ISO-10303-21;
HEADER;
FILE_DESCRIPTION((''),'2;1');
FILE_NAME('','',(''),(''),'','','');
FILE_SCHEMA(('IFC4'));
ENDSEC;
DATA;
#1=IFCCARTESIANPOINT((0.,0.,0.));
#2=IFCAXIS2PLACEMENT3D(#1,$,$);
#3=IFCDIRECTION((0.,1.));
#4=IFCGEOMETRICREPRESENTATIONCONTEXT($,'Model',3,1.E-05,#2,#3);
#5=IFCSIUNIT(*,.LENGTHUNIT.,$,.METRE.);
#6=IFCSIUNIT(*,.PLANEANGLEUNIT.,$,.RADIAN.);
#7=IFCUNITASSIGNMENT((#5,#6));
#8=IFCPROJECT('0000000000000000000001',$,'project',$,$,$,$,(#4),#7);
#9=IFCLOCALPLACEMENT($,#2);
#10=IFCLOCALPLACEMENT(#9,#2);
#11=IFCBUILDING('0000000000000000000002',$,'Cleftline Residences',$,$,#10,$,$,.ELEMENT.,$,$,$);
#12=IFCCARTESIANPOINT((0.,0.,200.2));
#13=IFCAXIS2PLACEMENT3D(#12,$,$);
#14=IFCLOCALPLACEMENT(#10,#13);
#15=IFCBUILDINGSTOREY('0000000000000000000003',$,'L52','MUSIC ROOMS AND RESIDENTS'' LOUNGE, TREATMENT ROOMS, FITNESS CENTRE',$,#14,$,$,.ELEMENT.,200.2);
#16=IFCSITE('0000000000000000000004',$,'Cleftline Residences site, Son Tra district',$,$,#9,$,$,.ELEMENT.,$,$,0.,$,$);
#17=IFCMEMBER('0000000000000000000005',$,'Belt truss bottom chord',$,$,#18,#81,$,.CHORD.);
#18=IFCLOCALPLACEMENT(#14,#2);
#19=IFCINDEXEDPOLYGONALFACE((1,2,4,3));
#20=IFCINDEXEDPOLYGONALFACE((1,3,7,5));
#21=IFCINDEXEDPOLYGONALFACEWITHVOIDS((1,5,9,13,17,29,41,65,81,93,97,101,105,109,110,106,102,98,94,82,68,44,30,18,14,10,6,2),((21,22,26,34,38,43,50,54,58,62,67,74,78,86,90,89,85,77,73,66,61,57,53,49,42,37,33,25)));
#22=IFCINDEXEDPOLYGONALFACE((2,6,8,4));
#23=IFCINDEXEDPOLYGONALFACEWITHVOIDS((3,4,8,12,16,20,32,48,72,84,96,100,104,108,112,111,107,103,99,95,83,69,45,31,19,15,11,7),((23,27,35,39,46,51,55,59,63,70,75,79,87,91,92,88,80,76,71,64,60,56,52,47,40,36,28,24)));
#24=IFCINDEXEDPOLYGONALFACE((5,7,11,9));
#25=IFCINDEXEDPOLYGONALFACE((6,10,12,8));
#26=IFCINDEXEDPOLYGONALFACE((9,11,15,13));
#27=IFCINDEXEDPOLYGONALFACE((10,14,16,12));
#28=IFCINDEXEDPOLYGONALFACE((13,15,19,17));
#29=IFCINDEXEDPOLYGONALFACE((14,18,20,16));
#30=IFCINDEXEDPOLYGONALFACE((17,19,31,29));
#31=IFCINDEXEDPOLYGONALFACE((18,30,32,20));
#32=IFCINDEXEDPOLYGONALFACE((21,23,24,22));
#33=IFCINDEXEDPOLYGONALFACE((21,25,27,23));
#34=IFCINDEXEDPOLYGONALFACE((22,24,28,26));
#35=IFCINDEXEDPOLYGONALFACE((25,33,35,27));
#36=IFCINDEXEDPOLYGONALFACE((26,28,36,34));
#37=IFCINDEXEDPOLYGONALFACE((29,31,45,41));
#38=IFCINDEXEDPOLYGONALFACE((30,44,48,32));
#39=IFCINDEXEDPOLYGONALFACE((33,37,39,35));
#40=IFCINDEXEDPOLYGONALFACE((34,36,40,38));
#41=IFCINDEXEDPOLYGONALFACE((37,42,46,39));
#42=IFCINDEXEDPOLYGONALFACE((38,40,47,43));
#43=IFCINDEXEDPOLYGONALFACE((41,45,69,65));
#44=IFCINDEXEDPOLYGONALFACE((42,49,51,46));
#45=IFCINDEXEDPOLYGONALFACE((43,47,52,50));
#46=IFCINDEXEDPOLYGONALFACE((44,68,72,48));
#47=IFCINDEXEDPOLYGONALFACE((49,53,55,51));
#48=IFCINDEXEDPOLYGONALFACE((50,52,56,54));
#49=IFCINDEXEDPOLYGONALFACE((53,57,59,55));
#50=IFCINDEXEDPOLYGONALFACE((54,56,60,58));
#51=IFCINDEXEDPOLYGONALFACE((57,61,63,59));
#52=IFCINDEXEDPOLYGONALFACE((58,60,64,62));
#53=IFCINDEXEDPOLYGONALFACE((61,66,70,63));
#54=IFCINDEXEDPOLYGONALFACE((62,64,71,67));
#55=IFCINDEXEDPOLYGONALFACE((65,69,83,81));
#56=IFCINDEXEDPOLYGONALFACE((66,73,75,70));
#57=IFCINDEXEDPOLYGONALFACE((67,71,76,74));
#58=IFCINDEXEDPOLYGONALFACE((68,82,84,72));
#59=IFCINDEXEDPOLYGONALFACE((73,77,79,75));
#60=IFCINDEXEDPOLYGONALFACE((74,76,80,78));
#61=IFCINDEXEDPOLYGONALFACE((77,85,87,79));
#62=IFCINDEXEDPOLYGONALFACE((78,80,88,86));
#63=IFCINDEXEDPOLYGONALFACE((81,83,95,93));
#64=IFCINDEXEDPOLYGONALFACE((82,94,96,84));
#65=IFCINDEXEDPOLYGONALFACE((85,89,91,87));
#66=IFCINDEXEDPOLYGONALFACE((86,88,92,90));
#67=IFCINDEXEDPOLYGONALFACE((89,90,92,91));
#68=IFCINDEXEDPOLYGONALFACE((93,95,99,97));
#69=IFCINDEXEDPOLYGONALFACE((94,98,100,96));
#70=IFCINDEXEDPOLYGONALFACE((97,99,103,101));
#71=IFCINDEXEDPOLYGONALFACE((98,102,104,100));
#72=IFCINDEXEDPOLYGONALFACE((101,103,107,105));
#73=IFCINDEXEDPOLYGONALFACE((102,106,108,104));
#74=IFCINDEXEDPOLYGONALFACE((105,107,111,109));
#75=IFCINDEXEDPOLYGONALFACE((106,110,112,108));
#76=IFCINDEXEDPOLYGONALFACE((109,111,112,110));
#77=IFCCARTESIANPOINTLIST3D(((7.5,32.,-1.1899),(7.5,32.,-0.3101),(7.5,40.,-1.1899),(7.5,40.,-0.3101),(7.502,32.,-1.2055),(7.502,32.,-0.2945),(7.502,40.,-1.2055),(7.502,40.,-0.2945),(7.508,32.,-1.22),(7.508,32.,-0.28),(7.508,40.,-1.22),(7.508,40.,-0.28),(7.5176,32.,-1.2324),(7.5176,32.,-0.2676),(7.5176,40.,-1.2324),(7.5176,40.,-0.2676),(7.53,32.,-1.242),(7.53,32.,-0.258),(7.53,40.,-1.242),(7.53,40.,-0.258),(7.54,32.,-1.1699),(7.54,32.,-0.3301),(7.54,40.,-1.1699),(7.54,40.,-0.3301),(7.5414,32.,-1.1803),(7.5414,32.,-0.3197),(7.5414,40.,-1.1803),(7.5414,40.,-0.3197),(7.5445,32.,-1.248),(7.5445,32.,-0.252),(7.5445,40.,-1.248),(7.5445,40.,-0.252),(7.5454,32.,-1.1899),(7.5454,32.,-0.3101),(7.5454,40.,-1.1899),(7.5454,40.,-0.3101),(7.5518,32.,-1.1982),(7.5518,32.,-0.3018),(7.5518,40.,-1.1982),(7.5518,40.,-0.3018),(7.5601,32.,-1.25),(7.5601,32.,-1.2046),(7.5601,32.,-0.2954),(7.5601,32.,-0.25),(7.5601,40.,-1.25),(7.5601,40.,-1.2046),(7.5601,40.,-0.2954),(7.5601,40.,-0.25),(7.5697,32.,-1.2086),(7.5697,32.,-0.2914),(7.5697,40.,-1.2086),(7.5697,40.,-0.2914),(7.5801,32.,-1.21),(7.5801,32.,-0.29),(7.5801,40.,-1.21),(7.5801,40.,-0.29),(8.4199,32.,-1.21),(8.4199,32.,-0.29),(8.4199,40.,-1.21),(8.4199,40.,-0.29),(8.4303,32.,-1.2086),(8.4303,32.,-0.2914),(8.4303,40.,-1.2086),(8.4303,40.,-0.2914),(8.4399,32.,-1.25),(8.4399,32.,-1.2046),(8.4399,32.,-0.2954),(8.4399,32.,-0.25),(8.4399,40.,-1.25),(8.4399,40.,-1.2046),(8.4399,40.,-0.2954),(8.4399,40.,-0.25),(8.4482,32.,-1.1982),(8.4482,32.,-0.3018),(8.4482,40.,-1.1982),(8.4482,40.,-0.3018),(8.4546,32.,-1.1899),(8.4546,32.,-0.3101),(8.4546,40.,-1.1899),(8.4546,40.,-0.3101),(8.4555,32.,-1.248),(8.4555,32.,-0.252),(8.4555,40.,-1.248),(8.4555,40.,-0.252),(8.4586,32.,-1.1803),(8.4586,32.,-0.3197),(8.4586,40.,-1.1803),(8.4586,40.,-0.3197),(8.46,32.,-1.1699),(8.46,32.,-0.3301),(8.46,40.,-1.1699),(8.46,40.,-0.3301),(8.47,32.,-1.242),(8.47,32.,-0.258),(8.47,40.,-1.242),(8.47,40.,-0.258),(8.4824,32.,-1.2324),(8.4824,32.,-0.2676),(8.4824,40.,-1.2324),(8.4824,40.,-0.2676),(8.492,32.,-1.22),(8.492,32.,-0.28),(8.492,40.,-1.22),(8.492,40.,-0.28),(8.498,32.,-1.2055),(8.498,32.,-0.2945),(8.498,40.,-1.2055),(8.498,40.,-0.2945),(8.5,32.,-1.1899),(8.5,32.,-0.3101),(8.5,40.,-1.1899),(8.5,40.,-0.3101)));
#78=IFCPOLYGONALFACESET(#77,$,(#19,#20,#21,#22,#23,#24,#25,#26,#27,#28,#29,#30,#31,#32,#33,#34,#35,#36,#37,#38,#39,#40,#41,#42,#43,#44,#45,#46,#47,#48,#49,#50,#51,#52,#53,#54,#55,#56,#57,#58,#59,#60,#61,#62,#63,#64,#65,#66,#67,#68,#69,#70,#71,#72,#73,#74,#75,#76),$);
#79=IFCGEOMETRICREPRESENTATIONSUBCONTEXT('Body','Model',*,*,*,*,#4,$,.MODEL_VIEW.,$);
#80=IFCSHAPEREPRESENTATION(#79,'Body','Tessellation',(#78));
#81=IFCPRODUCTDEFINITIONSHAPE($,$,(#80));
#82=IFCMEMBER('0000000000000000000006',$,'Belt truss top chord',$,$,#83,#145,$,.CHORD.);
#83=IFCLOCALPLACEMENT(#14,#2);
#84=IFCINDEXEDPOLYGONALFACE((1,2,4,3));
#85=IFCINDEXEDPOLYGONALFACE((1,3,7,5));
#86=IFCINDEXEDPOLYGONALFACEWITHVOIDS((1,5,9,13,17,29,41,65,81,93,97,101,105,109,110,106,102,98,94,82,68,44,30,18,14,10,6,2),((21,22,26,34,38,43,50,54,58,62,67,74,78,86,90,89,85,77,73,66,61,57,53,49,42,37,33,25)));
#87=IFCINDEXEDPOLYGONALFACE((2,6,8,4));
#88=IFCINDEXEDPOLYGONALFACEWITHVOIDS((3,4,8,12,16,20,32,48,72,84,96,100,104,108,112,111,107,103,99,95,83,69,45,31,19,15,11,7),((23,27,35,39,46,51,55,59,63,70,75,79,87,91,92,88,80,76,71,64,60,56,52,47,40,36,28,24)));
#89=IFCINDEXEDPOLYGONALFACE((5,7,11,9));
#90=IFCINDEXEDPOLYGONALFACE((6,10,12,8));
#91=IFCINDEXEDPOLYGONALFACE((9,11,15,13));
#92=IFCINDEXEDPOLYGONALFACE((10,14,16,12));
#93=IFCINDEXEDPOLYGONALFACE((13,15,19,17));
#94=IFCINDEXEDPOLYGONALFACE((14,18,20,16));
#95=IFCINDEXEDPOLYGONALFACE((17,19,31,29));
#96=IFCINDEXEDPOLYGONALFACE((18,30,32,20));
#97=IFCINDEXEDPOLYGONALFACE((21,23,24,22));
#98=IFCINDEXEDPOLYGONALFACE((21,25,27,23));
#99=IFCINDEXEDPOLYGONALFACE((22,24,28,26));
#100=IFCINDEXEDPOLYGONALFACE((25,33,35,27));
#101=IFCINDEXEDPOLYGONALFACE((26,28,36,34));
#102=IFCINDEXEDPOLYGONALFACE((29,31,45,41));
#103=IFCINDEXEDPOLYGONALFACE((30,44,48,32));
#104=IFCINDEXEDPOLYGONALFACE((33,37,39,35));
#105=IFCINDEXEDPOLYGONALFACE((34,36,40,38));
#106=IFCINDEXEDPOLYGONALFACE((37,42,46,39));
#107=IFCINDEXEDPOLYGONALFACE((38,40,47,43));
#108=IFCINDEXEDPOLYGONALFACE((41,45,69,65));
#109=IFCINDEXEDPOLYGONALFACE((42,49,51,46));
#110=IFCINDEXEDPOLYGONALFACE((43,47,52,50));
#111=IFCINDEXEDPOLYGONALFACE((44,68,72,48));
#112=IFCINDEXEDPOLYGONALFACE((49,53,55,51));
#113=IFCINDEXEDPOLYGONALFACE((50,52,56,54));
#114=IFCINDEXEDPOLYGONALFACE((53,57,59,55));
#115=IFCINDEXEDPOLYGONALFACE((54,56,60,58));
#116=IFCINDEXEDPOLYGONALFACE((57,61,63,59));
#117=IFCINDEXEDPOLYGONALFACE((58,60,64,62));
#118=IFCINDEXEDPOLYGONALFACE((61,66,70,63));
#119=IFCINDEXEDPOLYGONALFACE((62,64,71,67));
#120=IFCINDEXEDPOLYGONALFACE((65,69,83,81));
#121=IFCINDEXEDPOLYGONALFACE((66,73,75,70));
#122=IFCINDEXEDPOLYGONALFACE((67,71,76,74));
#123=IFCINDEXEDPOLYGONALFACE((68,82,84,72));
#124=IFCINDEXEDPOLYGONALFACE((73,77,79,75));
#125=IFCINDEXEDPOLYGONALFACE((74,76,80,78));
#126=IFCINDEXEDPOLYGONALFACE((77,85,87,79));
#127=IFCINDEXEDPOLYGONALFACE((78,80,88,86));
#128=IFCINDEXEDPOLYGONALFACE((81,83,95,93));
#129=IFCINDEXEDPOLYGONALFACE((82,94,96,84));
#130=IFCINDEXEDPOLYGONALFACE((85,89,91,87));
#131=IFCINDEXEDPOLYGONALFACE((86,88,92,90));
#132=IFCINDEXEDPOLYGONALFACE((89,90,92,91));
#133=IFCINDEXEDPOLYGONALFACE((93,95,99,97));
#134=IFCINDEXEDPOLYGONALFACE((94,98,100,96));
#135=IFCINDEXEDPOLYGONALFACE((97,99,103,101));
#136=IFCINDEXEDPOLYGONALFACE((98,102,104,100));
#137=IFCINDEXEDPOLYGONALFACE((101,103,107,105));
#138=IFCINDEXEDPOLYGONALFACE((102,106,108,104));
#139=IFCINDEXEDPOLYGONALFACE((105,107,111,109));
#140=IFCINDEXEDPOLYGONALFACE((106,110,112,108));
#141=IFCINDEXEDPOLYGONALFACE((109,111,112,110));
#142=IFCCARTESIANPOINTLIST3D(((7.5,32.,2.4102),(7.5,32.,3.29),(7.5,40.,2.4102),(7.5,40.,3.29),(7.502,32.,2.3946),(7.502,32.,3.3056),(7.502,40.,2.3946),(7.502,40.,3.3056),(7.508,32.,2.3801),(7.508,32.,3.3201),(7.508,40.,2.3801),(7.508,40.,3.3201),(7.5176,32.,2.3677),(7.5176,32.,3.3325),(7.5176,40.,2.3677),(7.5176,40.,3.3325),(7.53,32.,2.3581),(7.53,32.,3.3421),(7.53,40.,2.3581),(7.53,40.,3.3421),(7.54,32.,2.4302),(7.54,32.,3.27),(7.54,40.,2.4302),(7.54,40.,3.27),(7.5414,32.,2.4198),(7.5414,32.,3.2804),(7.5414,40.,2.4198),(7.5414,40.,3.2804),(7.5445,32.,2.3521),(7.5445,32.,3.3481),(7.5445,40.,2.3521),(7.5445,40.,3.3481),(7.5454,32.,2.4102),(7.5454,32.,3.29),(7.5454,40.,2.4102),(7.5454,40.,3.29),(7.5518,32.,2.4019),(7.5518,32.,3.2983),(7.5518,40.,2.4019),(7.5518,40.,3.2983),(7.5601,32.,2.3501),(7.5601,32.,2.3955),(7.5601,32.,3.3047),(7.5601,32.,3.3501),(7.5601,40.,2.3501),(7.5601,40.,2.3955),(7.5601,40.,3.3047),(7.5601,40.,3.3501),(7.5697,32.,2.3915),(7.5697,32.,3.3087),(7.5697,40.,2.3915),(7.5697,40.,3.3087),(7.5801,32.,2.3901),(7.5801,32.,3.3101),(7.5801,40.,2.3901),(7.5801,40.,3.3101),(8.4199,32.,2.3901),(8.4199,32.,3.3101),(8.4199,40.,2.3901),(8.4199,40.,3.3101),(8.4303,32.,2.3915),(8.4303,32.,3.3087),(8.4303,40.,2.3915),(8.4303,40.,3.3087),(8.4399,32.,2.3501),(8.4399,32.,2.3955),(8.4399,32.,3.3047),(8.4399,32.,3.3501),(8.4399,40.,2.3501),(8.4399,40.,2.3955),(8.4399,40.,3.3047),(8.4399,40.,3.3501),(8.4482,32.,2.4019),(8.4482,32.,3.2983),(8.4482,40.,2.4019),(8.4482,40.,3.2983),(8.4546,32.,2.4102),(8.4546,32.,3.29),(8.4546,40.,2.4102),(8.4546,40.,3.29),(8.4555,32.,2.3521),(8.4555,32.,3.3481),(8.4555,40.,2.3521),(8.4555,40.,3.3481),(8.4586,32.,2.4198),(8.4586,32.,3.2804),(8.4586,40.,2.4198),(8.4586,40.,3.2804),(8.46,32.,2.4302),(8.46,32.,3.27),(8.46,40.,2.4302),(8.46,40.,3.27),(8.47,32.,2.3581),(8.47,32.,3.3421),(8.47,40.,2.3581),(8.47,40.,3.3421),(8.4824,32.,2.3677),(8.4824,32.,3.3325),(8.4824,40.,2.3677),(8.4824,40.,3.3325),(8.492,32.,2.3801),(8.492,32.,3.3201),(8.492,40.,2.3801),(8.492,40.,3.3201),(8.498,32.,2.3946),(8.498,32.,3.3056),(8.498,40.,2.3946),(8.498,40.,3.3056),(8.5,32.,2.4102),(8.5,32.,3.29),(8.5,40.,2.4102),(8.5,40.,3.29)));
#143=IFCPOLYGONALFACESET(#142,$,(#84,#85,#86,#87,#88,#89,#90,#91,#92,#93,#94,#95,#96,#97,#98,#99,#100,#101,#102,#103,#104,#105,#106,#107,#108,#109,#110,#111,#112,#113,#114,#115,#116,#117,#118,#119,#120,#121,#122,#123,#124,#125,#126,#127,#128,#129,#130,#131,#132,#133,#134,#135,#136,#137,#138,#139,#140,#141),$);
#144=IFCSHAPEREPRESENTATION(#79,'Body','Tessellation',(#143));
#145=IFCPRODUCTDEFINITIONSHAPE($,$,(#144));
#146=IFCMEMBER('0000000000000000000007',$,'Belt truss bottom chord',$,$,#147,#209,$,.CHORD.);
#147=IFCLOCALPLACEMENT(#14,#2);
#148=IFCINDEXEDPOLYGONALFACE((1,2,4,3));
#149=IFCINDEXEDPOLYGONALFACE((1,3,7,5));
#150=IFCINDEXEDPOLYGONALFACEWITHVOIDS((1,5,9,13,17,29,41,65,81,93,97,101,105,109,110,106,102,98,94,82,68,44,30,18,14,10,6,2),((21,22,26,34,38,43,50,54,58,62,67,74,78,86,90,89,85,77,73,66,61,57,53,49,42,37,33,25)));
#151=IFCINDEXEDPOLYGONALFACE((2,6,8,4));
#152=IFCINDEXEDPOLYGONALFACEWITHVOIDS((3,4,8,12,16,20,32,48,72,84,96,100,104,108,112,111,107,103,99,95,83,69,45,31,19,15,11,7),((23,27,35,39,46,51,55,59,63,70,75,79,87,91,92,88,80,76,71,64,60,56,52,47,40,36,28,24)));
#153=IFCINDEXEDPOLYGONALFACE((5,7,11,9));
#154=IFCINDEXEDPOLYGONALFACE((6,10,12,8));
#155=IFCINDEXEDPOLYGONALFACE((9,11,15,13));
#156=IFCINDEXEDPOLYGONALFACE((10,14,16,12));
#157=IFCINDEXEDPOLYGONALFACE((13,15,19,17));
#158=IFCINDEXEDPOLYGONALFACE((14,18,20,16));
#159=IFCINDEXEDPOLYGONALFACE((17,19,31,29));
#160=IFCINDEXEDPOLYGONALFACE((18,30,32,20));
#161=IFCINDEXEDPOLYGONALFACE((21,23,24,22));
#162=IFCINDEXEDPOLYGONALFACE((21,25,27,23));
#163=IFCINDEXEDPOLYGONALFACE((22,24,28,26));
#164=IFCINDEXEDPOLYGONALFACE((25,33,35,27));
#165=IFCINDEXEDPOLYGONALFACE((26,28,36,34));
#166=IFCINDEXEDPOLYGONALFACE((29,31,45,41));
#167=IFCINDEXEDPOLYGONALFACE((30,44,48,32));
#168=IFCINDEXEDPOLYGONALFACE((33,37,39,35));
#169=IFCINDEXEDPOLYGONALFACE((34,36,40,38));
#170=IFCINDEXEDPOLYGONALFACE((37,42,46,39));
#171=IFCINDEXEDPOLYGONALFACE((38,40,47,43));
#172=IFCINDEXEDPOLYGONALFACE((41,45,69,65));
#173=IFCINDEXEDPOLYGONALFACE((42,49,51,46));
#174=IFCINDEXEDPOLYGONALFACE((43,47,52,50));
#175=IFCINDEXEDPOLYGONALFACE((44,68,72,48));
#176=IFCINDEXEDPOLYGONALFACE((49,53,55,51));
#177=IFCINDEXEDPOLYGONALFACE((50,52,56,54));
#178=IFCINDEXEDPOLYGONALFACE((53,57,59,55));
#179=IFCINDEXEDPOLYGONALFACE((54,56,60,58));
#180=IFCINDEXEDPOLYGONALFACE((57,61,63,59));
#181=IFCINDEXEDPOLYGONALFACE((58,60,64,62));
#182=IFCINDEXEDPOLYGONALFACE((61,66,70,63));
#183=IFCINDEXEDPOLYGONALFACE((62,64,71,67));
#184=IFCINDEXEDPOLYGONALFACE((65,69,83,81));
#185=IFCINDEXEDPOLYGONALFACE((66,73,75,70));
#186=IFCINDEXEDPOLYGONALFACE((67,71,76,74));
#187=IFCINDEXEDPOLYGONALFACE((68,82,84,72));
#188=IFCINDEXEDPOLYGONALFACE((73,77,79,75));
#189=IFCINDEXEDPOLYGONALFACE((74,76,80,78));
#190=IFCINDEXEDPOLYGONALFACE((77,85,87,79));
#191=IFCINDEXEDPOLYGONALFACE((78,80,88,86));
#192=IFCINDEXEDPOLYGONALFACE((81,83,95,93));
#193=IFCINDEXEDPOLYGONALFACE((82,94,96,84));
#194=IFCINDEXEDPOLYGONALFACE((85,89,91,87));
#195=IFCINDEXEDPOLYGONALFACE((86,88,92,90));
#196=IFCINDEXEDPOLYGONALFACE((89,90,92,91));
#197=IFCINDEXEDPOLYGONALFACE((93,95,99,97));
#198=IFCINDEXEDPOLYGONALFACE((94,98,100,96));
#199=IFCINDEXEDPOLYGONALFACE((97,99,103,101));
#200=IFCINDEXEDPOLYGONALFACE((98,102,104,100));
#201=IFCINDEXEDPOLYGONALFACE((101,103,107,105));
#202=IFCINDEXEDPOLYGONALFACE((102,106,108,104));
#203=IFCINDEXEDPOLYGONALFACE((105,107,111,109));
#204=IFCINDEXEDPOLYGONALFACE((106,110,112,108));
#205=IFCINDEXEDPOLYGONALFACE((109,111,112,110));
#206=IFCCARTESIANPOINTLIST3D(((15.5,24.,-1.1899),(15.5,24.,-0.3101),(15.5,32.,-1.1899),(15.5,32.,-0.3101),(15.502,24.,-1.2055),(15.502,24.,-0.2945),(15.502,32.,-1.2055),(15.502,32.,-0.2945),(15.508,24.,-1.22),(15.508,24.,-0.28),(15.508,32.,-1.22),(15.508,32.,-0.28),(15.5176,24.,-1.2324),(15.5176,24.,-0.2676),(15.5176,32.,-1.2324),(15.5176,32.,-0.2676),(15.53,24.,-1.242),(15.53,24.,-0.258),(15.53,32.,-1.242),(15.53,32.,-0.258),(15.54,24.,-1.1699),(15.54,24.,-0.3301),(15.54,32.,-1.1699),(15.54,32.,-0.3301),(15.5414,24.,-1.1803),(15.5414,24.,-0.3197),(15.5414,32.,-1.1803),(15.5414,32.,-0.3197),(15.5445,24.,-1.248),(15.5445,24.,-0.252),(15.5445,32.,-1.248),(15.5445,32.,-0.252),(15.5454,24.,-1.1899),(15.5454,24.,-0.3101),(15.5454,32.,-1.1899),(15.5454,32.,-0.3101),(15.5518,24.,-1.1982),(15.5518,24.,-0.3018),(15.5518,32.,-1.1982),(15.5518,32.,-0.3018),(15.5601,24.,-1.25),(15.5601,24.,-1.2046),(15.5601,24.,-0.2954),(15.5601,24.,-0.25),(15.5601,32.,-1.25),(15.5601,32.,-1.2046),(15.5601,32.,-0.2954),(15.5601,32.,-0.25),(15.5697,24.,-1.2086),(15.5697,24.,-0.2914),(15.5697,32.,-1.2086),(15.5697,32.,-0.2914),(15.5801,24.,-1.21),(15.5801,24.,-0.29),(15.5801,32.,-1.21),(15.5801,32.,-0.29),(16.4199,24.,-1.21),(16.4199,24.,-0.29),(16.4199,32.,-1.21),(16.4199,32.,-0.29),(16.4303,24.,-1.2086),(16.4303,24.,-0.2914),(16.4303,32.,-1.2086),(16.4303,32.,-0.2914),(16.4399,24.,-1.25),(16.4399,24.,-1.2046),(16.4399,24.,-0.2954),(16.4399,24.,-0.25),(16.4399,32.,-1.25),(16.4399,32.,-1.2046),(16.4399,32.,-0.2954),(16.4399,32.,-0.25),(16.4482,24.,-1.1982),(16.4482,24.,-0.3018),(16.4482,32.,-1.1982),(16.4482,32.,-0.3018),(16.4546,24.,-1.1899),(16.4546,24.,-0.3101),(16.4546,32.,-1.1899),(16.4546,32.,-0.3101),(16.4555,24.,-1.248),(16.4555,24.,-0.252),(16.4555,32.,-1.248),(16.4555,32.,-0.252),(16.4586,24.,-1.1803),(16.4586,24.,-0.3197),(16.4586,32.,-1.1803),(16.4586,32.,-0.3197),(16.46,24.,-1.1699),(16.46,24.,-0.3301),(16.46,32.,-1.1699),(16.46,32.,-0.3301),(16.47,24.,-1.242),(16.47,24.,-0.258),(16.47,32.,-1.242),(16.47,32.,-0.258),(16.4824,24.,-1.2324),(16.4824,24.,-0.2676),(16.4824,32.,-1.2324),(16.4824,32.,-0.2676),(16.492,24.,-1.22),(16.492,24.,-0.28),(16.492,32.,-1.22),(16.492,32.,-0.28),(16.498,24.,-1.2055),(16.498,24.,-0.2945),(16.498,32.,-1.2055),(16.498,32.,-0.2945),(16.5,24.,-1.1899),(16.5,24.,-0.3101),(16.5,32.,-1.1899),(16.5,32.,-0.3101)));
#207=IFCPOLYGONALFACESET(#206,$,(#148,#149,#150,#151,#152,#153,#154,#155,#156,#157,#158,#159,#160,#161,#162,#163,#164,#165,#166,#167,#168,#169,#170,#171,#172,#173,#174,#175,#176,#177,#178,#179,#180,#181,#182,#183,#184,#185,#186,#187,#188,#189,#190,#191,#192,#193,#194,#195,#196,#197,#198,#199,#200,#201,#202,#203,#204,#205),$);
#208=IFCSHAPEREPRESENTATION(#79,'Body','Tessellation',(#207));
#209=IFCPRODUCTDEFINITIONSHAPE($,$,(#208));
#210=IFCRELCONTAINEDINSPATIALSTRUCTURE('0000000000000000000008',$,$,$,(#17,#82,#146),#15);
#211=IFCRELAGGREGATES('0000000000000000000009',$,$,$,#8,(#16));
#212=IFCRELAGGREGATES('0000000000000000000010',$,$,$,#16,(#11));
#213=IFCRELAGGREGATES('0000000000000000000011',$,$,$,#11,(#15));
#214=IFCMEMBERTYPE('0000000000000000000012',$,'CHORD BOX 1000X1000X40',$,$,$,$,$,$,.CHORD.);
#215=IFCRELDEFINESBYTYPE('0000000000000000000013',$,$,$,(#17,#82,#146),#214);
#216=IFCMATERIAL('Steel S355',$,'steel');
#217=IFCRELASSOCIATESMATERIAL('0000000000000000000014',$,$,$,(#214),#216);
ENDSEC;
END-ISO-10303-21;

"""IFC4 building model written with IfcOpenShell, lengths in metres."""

from ifc_helpers import new_model, si_unit, direction, frame, origin, origin_2d, place, context, subcontext, project, spatial, hollow_rectangle, extrude, material, material_profile, profile_set, type_object, element, save


model = new_model("IFC4")

# Units and contexts
model_context = context("Model", 3, precision=1e-05, world=origin(), true_north=direction((0.0, 1.0)))
body_context = subcontext(model_context, "Body", "Model", "MODEL_VIEW")
ifc_project = project(units=[si_unit("LENGTHUNIT", "METRE"), si_unit("PLANEANGLEUNIT", "RADIAN")], contexts=[model_context])

# Site, building, storey
site_placement = place(None, origin())
site = spatial("IfcSite", under=ifc_project, at=site_placement, Name="Cleftline Residences site, Son Tra district", CompositionType="ELEMENT", RefElevation=0.0)
building_placement = place(site_placement, origin())
building = spatial("IfcBuilding", under=site, at=building_placement, Name="Cleftline Residences", CompositionType="ELEMENT")
storey_placement = place(building_placement, frame((0.0, 0.0, 200.2)))
storey = spatial("IfcBuildingStorey", under=building, at=storey_placement, Name="L52", Description="MUSIC ROOMS AND RESIDENTS' LOUNGE, TREATMENT ROOMS, FITNESS CENTRE", CompositionType="ELEMENT", Elevation=200.2)

# Members
ifc_material_1 = material(Name="Steel S355", Category="steel")
ifc_material_profile_1 = material_profile(ifc_material_1, hollow_rectangle(XDim=1.0, YDim=1.0, WallThickness=0.04, InnerFilletRadius=0.04, OuterFilletRadius=0.0601, at=origin_2d()))
ifc_profile_set_1 = profile_set([ifc_material_profile_1], Name="Steel S355")
member_type_1 = type_object("IfcMemberType", Name="CHORD BOX 1000X1000X40", PredefinedType="CHORD", material=ifc_profile_set_1)
for number, where, z_axis, x_axis, name in (
    (1, (8.0, 32.0, -0.75), (0.0, 1.0, 0.0), (-1.0, 0.0, 0.0), "Belt truss bottom chord"),
    (2, (8.0, 32.0, 2.8501), (0.0, 1.0, 0.0), (-1.0, 0.0, 0.0), "Belt truss top chord"),
    (3, (16.0, 24.0, -0.75), (0.0, 1.0, 0.0), (-1.0, 0.0, 0.0), "Belt truss bottom chord"),
):
    element("IfcMember", number, at=place(storey_placement, frame(where, z_axis=z_axis, x_axis=x_axis)), inside=storey, type_object=member_type_1, Name=name, PredefinedType="CHORD", context=body_context, shape_type="SweptSolid", body=[
        extrude(hollow_rectangle(XDim=1.0, YDim=1.0, WallThickness=0.04, InnerFilletRadius=0.04, OuterFilletRadius=0.0601, at=origin_2d()), origin(), (0.0, 0.0, 1.0), 8.0),
    ])

save(model, "model.ifc")
